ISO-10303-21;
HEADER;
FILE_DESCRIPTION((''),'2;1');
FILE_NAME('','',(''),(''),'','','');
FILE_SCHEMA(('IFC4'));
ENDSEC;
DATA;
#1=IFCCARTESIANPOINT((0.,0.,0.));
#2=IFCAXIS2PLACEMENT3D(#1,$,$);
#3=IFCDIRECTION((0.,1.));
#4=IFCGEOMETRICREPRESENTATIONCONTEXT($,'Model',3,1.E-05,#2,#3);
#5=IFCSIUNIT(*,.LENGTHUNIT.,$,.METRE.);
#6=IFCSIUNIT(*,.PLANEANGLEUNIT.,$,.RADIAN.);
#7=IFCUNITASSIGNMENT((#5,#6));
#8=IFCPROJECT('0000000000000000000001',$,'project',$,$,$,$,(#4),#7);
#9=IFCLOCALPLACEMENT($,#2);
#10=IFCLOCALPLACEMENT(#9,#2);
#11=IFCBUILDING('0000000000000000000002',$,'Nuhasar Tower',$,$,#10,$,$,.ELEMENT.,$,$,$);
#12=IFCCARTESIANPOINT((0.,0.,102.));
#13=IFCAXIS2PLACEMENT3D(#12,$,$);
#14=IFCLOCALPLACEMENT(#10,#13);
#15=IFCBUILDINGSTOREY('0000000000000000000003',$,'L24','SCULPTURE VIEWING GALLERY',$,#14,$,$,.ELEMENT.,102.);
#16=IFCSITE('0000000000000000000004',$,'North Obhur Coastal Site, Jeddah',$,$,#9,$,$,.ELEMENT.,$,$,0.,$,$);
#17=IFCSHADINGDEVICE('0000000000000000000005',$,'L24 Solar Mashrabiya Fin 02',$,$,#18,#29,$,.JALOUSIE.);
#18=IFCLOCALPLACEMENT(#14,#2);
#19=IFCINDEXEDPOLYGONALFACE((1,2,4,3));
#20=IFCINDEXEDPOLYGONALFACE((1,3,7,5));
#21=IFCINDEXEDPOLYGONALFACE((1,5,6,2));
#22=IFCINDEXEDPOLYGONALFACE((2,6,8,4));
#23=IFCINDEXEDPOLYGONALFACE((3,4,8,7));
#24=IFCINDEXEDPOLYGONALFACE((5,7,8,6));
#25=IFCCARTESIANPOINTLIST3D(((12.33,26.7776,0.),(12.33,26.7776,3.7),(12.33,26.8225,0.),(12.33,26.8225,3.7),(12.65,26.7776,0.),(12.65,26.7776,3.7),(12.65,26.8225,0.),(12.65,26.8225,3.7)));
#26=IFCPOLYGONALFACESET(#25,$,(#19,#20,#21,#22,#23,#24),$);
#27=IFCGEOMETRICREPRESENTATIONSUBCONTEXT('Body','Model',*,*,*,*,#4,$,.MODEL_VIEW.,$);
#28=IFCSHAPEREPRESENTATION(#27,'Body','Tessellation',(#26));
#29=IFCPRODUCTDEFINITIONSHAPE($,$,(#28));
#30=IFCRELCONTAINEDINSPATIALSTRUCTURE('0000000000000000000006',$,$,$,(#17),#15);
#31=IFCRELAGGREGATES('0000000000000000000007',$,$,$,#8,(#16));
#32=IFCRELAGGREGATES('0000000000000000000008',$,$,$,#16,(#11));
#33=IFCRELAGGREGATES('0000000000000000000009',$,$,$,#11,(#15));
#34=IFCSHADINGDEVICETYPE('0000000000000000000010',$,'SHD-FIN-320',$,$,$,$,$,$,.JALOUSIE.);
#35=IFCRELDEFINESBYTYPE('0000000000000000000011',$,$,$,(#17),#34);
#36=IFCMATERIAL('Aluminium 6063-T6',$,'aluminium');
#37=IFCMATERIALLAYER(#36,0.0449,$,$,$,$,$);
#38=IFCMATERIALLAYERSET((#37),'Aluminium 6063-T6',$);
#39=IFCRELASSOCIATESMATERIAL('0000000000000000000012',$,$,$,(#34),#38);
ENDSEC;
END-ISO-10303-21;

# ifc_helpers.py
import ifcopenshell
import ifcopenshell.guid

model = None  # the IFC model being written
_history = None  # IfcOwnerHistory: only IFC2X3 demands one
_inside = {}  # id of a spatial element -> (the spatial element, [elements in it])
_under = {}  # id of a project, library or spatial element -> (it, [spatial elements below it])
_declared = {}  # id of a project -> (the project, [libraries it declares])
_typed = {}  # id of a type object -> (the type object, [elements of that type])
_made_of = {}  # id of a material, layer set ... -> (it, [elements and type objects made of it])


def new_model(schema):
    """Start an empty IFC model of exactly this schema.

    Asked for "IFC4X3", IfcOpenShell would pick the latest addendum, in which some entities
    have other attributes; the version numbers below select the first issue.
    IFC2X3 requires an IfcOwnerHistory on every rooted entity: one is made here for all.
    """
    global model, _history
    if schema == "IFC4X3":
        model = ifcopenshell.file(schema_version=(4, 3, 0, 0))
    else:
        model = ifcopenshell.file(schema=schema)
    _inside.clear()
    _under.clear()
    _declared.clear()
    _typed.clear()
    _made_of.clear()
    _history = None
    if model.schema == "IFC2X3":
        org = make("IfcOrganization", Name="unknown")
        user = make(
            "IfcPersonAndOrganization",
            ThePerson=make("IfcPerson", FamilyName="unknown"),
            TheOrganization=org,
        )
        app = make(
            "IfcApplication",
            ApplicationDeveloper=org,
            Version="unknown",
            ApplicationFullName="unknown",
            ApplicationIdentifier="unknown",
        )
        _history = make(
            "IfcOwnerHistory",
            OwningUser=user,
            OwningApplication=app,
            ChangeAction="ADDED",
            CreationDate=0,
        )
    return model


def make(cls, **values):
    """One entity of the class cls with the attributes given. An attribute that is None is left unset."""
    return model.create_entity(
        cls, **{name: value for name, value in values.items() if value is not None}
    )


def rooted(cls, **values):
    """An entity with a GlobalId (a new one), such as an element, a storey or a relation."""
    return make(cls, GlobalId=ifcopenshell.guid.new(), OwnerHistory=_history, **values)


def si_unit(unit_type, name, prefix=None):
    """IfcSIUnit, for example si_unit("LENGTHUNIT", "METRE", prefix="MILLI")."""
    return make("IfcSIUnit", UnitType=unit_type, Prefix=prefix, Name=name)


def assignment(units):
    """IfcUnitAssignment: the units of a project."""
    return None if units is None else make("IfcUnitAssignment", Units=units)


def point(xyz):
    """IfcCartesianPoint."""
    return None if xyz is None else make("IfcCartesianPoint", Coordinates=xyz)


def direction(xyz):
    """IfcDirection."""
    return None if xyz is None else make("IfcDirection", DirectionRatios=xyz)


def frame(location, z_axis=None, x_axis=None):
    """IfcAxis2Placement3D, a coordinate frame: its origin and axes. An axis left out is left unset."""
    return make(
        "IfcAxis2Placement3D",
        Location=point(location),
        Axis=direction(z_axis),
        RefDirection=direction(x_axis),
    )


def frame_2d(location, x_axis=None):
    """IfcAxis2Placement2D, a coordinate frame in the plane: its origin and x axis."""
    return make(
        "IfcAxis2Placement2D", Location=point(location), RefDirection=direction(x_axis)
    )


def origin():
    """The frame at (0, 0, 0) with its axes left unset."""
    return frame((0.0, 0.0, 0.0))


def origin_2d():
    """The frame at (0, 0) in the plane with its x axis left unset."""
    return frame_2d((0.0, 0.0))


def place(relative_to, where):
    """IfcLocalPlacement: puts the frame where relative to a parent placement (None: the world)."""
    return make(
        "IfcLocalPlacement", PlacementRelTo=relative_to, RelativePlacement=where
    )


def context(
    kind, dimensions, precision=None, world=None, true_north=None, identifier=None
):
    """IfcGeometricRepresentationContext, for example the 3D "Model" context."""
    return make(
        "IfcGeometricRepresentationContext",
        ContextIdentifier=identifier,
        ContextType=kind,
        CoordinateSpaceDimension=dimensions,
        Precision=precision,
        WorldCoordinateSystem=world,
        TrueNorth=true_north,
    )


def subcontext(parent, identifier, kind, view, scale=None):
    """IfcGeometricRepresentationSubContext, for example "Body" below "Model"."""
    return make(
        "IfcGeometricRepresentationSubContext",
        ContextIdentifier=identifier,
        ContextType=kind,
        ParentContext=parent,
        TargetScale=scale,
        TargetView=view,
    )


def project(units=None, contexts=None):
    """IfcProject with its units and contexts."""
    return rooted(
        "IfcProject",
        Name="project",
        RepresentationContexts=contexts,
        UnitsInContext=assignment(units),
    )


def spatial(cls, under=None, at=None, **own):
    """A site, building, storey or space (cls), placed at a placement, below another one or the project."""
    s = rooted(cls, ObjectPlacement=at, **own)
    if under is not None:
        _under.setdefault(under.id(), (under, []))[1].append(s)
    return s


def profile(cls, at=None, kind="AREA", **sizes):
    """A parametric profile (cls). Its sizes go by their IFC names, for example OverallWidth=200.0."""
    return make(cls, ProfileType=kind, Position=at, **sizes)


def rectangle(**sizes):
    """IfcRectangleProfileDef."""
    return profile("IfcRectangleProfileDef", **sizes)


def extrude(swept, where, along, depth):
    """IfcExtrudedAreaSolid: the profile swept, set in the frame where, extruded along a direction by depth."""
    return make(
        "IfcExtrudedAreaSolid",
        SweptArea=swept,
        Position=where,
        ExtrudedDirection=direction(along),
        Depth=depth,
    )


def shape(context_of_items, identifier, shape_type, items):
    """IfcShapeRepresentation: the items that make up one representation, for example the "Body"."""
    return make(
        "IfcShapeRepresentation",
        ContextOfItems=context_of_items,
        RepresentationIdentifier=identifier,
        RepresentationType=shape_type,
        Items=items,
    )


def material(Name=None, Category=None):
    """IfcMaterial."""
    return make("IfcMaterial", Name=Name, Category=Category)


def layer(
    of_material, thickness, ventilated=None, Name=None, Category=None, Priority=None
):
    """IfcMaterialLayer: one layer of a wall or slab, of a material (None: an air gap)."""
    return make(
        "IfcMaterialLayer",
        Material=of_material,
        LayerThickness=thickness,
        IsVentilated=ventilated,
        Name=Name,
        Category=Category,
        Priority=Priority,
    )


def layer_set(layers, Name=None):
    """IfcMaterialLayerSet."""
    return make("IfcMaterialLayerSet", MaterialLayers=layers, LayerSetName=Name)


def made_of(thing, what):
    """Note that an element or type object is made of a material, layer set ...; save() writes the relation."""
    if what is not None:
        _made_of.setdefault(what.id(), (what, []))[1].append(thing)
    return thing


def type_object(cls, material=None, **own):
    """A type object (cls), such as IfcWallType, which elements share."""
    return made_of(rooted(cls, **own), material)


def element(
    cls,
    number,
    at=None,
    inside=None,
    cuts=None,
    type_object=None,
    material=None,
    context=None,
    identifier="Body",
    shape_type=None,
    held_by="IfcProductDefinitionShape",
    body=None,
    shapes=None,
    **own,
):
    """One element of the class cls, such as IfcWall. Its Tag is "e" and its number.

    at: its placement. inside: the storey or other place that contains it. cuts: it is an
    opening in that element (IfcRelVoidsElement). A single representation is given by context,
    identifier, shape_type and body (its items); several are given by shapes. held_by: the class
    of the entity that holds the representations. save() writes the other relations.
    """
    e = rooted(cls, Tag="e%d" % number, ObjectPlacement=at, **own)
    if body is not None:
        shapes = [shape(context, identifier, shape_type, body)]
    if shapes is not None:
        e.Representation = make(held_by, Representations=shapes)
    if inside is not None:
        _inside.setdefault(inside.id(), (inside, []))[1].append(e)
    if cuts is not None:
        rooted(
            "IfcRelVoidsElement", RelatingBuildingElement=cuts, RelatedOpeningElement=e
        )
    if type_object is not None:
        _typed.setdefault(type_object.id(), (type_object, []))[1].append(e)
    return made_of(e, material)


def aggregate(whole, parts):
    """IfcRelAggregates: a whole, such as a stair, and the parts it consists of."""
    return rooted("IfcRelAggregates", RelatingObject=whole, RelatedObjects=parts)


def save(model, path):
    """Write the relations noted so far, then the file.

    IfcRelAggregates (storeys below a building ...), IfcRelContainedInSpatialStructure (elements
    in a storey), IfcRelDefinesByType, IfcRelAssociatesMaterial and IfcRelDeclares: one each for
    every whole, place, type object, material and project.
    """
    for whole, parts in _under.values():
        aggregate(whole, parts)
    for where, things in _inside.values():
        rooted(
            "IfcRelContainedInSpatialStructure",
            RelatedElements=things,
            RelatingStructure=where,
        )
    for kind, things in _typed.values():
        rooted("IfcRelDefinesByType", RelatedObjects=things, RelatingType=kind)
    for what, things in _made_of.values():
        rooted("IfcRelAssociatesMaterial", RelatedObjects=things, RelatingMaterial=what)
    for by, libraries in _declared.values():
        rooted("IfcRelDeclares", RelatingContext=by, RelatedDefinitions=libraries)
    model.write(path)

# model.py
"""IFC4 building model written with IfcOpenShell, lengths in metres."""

from ifc_helpers import new_model, si_unit, direction, frame, origin, origin_2d, place, context, subcontext, project, spatial, rectangle, extrude, material, layer, layer_set, type_object, element, save


model = new_model("IFC4")

# Units and contexts
model_context = context("Model", 3, precision=1e-05, world=origin(), true_north=direction((0.0, 1.0)))
body_context = subcontext(model_context, "Body", "Model", "MODEL_VIEW")
ifc_project = project(units=[si_unit("LENGTHUNIT", "METRE"), si_unit("PLANEANGLEUNIT", "RADIAN")], contexts=[model_context])

# Site, building, storey
site_placement = place(None, origin())
site = spatial("IfcSite", under=ifc_project, at=site_placement, Name="North Obhur Coastal Site, Jeddah", CompositionType="ELEMENT", RefElevation=0.0)
building_placement = place(site_placement, origin())
building = spatial("IfcBuilding", under=site, at=building_placement, Name="Nuhasar Tower", CompositionType="ELEMENT")
storey_placement = place(building_placement, frame((0.0, 0.0, 102.0)))
storey = spatial("IfcBuildingStorey", under=building, at=storey_placement, Name="L24", Description="SCULPTURE VIEWING GALLERY", CompositionType="ELEMENT", Elevation=102.0)

# Shared definitions
ifc_material_1 = material(Name="Aluminium 6063-T6", Category="aluminium")

# Shading device
ifc_layer_1 = layer(ifc_material_1, 0.0449)
ifc_layer_set_1 = layer_set([ifc_layer_1], Name="Aluminium 6063-T6")
shading_device_type = type_object("IfcShadingDeviceType", Name="SHD-FIN-320", PredefinedType="JALOUSIE", material=ifc_layer_set_1)
shading_device_placement = place(storey_placement, frame((12.49, 26.8, 0.0), z_axis=(0.0, 0.0, 1.0), x_axis=(-1.0, 0.0, 0.0)))
element("IfcShadingDevice", 1, at=shading_device_placement, inside=storey, type_object=shading_device_type, Name="L24 Solar Mashrabiya Fin 02", PredefinedType="JALOUSIE", context=body_context, shape_type="SweptSolid", body=[
    extrude(rectangle(XDim=0.3201, YDim=0.0449, at=origin_2d()), origin(), (0.0, 0.0, 1.0), 3.7),
])

save(model, "model.ifc")
